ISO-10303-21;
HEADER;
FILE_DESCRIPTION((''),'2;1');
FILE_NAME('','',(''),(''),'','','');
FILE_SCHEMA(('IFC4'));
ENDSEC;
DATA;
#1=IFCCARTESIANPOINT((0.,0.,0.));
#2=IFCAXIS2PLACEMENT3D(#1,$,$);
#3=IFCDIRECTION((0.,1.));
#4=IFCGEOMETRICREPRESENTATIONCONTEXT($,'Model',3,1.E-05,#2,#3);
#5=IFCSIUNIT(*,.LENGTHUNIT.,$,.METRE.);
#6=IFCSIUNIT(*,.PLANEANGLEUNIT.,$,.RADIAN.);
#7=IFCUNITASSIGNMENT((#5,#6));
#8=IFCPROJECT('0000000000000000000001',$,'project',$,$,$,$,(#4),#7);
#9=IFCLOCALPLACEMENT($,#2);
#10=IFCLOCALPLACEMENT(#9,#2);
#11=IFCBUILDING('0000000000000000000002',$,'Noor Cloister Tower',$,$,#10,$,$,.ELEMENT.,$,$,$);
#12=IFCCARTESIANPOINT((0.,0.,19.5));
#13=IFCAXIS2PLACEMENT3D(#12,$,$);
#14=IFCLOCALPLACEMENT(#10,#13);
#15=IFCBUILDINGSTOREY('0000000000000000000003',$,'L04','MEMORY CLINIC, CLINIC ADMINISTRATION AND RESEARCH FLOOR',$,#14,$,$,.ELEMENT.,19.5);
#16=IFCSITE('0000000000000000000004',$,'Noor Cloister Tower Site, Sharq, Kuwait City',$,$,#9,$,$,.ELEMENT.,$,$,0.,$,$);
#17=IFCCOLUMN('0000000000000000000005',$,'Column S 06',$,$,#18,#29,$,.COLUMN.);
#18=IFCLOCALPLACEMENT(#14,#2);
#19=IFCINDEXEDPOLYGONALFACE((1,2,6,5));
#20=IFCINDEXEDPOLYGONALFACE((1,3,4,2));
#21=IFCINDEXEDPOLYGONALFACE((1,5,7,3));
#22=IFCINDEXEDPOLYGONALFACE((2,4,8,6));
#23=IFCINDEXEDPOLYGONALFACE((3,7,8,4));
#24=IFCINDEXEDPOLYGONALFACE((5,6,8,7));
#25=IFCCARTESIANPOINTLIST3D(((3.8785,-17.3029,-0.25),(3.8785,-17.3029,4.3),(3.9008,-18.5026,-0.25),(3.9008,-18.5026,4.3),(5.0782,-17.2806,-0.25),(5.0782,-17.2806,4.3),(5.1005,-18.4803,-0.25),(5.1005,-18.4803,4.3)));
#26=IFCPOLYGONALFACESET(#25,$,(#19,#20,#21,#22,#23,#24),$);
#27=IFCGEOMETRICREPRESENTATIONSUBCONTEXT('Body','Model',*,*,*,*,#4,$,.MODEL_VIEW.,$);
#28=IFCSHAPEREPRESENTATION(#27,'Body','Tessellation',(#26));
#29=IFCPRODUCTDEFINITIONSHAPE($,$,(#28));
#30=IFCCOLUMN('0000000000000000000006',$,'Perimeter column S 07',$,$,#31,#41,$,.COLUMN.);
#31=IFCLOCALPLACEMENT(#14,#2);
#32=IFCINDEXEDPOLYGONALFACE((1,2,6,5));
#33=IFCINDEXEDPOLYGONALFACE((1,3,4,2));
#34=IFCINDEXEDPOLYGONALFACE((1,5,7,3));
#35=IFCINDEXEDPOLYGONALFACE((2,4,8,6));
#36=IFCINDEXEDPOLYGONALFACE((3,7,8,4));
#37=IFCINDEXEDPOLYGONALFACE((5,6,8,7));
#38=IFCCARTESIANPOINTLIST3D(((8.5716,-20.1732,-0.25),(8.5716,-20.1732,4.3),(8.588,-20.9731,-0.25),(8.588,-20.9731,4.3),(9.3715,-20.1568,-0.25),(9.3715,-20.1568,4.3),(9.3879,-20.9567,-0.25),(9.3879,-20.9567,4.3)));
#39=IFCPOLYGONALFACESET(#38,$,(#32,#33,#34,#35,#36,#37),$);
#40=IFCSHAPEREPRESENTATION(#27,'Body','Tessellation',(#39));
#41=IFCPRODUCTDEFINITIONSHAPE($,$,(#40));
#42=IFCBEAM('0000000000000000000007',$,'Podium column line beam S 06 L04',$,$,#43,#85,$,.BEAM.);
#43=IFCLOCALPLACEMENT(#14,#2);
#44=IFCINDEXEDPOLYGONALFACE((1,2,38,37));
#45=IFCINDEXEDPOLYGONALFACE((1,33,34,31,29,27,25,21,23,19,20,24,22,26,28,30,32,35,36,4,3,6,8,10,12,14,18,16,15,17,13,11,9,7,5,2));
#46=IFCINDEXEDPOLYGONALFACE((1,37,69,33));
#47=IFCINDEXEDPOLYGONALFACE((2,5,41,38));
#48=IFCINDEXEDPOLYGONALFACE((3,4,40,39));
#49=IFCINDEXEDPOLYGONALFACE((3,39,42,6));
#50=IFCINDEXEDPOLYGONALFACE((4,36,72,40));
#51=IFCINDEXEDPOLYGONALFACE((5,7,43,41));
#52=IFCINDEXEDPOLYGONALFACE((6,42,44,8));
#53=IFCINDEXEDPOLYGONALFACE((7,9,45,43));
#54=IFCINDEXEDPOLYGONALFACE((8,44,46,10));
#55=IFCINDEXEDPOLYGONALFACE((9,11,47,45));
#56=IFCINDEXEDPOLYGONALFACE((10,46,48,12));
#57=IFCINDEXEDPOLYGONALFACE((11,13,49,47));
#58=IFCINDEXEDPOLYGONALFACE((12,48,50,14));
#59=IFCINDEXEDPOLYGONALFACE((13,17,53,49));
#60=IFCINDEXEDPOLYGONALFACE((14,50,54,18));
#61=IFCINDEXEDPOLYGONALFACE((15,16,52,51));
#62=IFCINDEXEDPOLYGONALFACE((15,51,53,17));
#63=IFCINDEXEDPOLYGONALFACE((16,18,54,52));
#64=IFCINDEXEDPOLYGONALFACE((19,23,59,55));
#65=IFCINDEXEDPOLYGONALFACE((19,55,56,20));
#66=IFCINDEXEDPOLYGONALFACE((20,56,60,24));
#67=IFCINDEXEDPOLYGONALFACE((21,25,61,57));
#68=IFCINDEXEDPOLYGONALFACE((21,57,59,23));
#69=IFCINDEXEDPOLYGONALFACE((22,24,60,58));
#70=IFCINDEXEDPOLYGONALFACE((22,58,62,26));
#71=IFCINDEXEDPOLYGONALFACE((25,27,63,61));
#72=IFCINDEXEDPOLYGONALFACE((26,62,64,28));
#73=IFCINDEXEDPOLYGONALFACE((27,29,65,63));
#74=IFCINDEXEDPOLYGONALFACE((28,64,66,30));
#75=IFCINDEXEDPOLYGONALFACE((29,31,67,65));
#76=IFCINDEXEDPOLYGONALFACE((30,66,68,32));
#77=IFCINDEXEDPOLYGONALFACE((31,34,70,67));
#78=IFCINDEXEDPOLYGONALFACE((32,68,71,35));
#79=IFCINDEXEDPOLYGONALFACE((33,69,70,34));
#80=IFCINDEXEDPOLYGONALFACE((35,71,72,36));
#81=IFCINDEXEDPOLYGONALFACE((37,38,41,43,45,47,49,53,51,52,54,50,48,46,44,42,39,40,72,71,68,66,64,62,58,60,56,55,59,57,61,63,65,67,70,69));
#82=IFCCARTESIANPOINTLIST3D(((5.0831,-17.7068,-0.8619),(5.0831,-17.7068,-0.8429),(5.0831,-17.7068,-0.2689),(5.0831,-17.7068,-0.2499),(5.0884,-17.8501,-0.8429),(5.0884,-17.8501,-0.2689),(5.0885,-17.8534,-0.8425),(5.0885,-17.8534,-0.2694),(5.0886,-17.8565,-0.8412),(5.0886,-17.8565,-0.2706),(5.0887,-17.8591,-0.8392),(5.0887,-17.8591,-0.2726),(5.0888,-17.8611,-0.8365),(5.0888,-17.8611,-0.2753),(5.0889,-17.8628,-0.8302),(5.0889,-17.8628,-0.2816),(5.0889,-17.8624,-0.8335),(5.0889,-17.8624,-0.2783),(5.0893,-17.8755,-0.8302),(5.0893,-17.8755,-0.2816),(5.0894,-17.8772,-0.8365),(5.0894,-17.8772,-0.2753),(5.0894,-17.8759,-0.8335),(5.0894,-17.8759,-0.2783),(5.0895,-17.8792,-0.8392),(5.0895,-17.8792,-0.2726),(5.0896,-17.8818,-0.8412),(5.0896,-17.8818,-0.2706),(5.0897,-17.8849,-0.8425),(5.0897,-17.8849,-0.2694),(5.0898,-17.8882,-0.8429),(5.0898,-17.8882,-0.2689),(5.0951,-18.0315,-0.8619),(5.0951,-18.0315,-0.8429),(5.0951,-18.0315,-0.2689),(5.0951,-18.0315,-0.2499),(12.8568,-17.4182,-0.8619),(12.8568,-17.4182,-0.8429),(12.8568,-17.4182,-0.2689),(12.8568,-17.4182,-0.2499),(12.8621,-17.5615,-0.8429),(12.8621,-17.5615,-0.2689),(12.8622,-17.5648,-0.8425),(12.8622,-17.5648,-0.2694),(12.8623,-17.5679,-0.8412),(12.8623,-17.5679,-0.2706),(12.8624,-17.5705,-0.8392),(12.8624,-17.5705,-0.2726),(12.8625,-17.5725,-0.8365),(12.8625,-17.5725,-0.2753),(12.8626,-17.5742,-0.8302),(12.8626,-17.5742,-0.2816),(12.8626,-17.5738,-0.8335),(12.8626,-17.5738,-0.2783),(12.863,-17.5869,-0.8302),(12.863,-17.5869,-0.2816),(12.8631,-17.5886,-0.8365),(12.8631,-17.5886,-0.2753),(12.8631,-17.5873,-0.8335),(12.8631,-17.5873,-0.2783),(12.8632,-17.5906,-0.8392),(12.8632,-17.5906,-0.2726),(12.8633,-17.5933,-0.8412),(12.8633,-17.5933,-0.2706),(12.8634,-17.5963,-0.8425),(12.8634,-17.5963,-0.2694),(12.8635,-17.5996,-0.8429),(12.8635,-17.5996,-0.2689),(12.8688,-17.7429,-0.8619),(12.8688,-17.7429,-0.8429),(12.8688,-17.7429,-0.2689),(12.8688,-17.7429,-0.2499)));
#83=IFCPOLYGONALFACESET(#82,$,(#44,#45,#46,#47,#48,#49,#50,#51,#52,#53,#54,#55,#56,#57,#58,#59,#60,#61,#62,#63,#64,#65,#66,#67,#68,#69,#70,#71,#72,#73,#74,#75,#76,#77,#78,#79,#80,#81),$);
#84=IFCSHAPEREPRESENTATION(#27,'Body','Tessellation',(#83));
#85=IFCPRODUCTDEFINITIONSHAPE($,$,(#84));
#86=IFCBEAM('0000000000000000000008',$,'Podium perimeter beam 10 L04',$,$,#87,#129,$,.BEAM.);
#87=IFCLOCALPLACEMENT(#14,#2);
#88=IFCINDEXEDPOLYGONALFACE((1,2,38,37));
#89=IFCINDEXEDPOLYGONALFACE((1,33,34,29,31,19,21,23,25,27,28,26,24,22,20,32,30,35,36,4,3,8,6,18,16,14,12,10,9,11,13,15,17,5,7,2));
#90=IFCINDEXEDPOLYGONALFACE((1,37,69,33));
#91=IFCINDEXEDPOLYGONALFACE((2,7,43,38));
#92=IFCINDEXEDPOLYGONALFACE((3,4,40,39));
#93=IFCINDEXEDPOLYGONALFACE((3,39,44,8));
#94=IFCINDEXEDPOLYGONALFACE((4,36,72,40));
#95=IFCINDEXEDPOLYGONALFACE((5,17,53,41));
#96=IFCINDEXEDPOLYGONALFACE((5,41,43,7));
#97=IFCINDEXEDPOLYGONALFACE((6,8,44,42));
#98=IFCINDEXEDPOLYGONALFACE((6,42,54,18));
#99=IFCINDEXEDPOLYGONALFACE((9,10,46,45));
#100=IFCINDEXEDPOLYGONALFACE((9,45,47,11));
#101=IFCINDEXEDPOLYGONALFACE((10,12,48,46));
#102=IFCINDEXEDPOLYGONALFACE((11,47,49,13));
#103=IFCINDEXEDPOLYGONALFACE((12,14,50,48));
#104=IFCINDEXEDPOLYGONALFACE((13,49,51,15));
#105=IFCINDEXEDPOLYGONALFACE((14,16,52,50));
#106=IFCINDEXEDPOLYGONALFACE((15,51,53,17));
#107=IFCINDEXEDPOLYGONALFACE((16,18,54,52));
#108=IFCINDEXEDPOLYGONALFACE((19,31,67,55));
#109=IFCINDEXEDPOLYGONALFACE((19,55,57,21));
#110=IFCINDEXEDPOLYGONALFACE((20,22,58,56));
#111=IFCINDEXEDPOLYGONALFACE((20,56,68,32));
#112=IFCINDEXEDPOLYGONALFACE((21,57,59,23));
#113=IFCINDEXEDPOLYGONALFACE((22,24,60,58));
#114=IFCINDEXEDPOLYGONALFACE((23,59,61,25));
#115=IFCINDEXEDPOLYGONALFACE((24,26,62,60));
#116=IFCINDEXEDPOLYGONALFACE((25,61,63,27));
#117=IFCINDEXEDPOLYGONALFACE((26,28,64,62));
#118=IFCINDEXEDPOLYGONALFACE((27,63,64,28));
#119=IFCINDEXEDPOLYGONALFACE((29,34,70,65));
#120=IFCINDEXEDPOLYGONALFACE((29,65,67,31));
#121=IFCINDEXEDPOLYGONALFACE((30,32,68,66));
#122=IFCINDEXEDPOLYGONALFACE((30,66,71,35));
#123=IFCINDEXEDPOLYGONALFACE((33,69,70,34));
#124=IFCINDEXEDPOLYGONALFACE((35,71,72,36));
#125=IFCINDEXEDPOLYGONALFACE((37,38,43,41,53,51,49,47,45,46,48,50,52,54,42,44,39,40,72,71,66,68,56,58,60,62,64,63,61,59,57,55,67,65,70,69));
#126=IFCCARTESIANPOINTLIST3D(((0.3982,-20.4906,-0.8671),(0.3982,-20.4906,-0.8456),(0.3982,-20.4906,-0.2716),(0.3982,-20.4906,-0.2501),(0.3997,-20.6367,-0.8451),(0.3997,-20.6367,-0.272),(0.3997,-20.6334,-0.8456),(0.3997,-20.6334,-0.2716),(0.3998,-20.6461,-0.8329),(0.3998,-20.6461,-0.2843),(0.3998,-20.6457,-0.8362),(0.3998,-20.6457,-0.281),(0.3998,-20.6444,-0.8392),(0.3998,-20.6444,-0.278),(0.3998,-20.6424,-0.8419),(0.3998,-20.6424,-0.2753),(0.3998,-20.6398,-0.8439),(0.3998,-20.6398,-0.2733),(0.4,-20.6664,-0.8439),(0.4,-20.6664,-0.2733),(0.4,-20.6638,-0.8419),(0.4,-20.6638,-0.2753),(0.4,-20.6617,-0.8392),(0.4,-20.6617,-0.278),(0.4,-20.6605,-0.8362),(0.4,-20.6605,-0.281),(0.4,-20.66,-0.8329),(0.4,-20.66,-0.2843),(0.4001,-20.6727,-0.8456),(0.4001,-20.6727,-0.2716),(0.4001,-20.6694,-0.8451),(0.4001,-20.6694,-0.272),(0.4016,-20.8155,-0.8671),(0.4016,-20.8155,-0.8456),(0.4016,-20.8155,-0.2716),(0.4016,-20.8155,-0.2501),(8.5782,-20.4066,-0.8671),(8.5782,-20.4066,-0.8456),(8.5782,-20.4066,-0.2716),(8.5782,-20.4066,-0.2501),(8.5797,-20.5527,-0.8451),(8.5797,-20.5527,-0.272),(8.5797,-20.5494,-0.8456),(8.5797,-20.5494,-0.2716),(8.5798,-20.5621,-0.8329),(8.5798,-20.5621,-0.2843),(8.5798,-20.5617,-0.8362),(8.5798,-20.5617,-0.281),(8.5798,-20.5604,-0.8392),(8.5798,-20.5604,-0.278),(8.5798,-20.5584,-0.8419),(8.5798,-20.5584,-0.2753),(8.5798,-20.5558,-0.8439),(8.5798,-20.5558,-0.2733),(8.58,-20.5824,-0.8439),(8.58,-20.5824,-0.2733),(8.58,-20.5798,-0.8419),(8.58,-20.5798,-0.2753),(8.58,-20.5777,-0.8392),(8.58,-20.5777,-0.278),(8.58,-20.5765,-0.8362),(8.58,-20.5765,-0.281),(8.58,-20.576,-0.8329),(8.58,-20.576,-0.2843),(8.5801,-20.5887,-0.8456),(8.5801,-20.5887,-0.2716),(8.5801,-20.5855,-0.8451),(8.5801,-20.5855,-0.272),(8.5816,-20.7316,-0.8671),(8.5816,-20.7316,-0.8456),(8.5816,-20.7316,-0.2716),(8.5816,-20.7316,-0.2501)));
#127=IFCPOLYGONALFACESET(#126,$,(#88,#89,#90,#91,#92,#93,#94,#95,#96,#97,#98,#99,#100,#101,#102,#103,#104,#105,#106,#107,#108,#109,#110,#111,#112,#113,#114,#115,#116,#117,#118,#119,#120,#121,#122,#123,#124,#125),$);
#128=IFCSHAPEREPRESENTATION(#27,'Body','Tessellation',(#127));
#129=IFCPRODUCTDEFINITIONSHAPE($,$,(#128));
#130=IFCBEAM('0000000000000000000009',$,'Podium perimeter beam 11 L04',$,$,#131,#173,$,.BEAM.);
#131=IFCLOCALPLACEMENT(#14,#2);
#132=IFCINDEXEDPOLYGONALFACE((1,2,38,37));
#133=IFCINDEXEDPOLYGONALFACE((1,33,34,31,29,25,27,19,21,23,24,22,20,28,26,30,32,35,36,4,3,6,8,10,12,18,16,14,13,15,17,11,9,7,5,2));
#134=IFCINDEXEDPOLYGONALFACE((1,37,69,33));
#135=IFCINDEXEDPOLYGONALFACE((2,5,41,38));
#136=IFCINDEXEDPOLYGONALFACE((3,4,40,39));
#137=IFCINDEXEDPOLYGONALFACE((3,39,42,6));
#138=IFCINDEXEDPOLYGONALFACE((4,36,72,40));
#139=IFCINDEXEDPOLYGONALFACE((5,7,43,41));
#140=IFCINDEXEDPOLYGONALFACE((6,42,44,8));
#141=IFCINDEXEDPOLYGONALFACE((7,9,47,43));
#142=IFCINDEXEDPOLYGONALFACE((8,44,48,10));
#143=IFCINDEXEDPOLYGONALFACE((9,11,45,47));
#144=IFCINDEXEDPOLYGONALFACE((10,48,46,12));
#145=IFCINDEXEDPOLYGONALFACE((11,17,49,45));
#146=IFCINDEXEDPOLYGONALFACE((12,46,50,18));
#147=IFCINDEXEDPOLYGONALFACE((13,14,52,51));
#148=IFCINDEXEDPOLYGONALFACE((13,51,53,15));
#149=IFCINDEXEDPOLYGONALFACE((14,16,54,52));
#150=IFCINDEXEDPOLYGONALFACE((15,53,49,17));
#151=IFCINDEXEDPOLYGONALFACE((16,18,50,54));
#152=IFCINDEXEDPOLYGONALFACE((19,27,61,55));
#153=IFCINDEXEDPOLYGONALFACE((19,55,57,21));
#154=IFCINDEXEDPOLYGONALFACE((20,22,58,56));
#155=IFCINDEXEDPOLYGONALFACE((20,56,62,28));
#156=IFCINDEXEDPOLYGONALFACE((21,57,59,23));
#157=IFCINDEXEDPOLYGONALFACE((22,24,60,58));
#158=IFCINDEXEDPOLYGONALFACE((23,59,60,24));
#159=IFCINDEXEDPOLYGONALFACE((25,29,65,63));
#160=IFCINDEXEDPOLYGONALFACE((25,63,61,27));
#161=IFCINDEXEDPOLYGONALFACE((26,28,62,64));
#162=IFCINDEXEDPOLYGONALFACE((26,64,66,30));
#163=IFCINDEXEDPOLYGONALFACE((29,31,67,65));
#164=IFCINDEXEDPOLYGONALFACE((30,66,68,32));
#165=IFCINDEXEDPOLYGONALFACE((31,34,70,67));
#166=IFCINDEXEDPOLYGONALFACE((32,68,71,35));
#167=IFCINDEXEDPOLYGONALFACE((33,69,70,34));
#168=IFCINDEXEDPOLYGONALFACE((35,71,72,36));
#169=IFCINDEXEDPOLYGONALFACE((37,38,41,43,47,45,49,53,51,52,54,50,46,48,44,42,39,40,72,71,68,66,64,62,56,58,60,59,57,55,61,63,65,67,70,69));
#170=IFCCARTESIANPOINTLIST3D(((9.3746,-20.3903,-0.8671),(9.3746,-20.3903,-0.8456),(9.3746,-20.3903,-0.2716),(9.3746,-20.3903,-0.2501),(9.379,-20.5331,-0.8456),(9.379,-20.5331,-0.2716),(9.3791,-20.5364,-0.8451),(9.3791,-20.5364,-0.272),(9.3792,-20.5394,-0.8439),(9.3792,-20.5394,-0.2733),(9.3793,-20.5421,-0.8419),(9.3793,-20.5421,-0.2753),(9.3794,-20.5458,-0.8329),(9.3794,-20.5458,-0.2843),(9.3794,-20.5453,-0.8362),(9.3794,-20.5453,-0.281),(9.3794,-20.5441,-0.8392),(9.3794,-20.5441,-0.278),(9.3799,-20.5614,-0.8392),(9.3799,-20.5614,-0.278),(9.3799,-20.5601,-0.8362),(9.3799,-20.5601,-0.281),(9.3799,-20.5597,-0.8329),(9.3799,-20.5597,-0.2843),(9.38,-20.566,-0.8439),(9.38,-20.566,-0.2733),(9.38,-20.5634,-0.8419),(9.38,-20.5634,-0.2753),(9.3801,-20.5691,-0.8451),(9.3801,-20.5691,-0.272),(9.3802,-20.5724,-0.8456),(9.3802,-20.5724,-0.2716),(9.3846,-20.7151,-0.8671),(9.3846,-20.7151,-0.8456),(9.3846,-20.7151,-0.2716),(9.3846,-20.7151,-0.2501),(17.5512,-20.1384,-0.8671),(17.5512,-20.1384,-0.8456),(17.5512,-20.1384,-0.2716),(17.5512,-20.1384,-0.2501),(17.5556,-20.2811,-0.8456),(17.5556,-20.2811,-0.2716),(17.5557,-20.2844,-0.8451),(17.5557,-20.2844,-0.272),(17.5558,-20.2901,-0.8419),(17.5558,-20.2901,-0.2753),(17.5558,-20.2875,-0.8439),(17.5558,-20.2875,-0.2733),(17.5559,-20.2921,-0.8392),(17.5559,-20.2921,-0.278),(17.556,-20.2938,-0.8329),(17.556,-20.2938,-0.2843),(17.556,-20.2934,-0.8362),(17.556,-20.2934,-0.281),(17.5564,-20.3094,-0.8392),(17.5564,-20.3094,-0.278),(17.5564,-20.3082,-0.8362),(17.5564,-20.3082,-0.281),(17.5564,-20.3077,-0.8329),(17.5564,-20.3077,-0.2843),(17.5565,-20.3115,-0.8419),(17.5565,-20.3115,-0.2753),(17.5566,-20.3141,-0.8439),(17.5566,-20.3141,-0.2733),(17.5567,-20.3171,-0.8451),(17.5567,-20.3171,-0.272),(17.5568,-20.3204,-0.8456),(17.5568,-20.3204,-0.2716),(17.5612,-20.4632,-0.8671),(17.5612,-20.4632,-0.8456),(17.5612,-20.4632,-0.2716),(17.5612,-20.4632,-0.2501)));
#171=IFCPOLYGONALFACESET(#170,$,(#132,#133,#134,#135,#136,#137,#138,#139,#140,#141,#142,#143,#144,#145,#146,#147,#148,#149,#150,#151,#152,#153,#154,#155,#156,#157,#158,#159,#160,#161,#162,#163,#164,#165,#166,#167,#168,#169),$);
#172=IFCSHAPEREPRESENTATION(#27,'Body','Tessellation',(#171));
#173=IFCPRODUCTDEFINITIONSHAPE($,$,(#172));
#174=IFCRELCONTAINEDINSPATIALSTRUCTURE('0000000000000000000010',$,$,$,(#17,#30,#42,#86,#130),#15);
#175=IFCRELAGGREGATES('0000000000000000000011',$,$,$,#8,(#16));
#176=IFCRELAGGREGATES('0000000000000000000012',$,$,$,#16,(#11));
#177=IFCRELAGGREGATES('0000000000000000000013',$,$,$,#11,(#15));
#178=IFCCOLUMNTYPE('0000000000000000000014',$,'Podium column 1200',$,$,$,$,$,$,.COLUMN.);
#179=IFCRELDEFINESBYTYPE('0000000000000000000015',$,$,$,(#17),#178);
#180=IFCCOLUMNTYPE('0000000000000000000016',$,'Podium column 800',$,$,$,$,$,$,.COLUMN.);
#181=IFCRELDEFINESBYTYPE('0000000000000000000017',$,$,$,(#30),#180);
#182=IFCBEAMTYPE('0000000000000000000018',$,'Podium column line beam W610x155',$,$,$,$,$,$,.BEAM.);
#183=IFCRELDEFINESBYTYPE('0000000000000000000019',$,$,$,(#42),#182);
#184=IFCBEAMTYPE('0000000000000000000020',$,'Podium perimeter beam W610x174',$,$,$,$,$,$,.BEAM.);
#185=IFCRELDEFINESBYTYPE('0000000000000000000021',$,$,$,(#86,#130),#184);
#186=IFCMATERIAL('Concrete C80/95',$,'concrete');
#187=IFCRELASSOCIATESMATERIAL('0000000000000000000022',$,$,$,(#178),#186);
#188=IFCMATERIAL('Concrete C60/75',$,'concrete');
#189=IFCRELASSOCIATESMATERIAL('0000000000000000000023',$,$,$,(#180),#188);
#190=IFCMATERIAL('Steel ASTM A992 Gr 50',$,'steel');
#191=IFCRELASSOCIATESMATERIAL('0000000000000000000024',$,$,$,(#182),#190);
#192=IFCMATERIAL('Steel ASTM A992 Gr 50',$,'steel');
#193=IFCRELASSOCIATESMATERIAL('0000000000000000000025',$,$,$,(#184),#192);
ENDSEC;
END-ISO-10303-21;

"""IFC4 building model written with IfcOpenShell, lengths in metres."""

from ifc_helpers import new_model, si_unit, direction, frame, origin, origin_2d, place, context, subcontext, project, spatial, rectangle, i_section, extrude, material, material_profile, profile_set, type_object, element, save


model = new_model("IFC4")

# Units and contexts
model_context = context("Model", 3, precision=1e-05, world=origin(), true_north=direction((0.0, 1.0)))
body_context = subcontext(model_context, "Body", "Model", "MODEL_VIEW")
ifc_project = project(units=[si_unit("LENGTHUNIT", "METRE"), si_unit("PLANEANGLEUNIT", "RADIAN")], contexts=[model_context])

# Site, building, storey
site_placement = place(None, origin())
site = spatial("IfcSite", under=ifc_project, at=site_placement, Name="Noor Cloister Tower Site, Sharq, Kuwait City", CompositionType="ELEMENT", RefElevation=0.0)
building_placement = place(site_placement, origin())
building = spatial("IfcBuilding", under=site, at=building_placement, Name="Noor Cloister Tower", CompositionType="ELEMENT")
storey_placement = place(building_placement, frame((0.0, 0.0, 19.5)))
storey = spatial("IfcBuildingStorey", under=building, at=storey_placement, Name="L04", Description="MEMORY CLINIC, CLINIC ADMINISTRATION AND RESEARCH FLOOR", CompositionType="ELEMENT", Elevation=19.5)

# Columns
ifc_material_1 = material(Name="Concrete C80/95", Category="concrete")
ifc_material_profile_1 = material_profile(ifc_material_1, rectangle(XDim=1.2, YDim=1.2, at=origin_2d()), Name="Podium column 1200")
ifc_profile_set_1 = profile_set([ifc_material_profile_1], Name="Concrete C80/95")
column_type_1 = type_object("IfcColumnType", Name="Podium column 1200", PredefinedType="COLUMN", material=ifc_profile_set_1)
column_1_placement = place(storey_placement, frame((4.4895, -17.8916, -0.25), z_axis=(0.0, 0.0, 1.0), x_axis=(0.018553, -0.999828, 0.0)))
element("IfcColumn", 1, at=column_1_placement, inside=storey, type_object=column_type_1, Name="Column S 06", PredefinedType="COLUMN", context=body_context, shape_type="SweptSolid", body=[
    extrude(rectangle(XDim=1.2, YDim=1.2, at=origin_2d()), origin(), (0.0, 0.0, 1.0), 4.55),
])
ifc_material_2 = material(Name="Concrete C60/75", Category="concrete")
ifc_material_profile_2 = material_profile(ifc_material_2, rectangle(XDim=0.8, YDim=0.8, at=origin_2d()), Name="Podium column 800")
ifc_profile_set_2 = profile_set([ifc_material_profile_2], Name="Concrete C60/75")
column_type_2 = type_object("IfcColumnType", Name="Podium column 800", PredefinedType="COLUMN", material=ifc_profile_set_2)
column_2_placement = place(storey_placement, frame((8.9797, -20.5649, -0.25), z_axis=(0.0, 0.0, 1.0), x_axis=(0.020537, -0.999789, 0.0)))
element("IfcColumn", 2, at=column_2_placement, inside=storey, type_object=column_type_2, Name="Perimeter column S 07", PredefinedType="COLUMN", context=body_context, shape_type="SweptSolid", body=[
    extrude(rectangle(XDim=0.8, YDim=0.8, at=origin_2d()), origin(), (0.0, 0.0, 1.0), 4.55),
])

# Beams
ifc_material_3 = material(Name="Steel ASTM A992 Gr 50", Category="steel")
ifc_material_profile_3 = material_profile(ifc_material_3, i_section(OverallWidth=0.325, OverallDepth=0.6121, WebThickness=0.0127, FlangeThickness=0.019, FilletRadius=0.0127, at=origin_2d()), Name="W610x155")
ifc_profile_set_3 = profile_set([ifc_material_profile_3], Name="Steel ASTM A992 Gr 50")
beam_type_1 = type_object("IfcBeamType", Name="Podium column line beam W610x155", PredefinedType="BEAM", material=ifc_profile_set_3)
beam_1_placement = place(storey_placement, frame((5.0891, -17.8691, -0.5559), z_axis=(0.999312, 0.037096, 0.0), x_axis=(-0.037096, 0.999312, 0.0)))
element("IfcBeam", 3, at=beam_1_placement, inside=storey, type_object=beam_type_1, Name="Podium column line beam S 06 L04", PredefinedType="BEAM", context=body_context, shape_type="SweptSolid", body=[
    extrude(i_section(OverallWidth=0.325, OverallDepth=0.6121, WebThickness=0.0127, FlangeThickness=0.019, FilletRadius=0.0127, at=origin_2d()), origin(), (0.0, 0.0, 1.0), 7.7791),
])
ifc_material_4 = material(Name="Steel ASTM A992 Gr 50", Category="steel")
ifc_material_profile_4 = material_profile(ifc_material_4, i_section(OverallWidth=0.325, OverallDepth=0.6169, WebThickness=0.0139, FlangeThickness=0.0215, FilletRadius=0.0127, at=origin_2d()), Name="W610x174")
ifc_profile_set_4 = profile_set([ifc_material_profile_4], Name="Steel ASTM A992 Gr 50")
beam_type_2 = type_object("IfcBeamType", Name="Podium perimeter beam W610x174", PredefinedType="BEAM", material=ifc_profile_set_4)
for number, where, z_axis, x_axis, name in (
    (4, (0.3999, -20.6531, -0.5586), (0.999947, 0.010267, 0.0), (-0.010267, 0.999947, 0.0), "Podium perimeter beam 10 L04"),
    (5, (9.3796, -20.5527, -0.5586), (0.999526, 0.0308, 0.0), (-0.0308, 0.999526, 0.0), "Podium perimeter beam 11 L04"),
):
    element("IfcBeam", number, at=place(storey_placement, frame(where, z_axis=z_axis, x_axis=x_axis)), inside=storey, type_object=beam_type_2, Name=name, PredefinedType="BEAM", context=body_context, shape_type="SweptSolid", body=[
        extrude(i_section(OverallWidth=0.325, OverallDepth=0.6169, WebThickness=0.0139, FlangeThickness=0.0215, FilletRadius=0.0127, at=origin_2d()), origin(), (0.0, 0.0, 1.0), 8.1804),
    ])

save(model, "model.ifc")
